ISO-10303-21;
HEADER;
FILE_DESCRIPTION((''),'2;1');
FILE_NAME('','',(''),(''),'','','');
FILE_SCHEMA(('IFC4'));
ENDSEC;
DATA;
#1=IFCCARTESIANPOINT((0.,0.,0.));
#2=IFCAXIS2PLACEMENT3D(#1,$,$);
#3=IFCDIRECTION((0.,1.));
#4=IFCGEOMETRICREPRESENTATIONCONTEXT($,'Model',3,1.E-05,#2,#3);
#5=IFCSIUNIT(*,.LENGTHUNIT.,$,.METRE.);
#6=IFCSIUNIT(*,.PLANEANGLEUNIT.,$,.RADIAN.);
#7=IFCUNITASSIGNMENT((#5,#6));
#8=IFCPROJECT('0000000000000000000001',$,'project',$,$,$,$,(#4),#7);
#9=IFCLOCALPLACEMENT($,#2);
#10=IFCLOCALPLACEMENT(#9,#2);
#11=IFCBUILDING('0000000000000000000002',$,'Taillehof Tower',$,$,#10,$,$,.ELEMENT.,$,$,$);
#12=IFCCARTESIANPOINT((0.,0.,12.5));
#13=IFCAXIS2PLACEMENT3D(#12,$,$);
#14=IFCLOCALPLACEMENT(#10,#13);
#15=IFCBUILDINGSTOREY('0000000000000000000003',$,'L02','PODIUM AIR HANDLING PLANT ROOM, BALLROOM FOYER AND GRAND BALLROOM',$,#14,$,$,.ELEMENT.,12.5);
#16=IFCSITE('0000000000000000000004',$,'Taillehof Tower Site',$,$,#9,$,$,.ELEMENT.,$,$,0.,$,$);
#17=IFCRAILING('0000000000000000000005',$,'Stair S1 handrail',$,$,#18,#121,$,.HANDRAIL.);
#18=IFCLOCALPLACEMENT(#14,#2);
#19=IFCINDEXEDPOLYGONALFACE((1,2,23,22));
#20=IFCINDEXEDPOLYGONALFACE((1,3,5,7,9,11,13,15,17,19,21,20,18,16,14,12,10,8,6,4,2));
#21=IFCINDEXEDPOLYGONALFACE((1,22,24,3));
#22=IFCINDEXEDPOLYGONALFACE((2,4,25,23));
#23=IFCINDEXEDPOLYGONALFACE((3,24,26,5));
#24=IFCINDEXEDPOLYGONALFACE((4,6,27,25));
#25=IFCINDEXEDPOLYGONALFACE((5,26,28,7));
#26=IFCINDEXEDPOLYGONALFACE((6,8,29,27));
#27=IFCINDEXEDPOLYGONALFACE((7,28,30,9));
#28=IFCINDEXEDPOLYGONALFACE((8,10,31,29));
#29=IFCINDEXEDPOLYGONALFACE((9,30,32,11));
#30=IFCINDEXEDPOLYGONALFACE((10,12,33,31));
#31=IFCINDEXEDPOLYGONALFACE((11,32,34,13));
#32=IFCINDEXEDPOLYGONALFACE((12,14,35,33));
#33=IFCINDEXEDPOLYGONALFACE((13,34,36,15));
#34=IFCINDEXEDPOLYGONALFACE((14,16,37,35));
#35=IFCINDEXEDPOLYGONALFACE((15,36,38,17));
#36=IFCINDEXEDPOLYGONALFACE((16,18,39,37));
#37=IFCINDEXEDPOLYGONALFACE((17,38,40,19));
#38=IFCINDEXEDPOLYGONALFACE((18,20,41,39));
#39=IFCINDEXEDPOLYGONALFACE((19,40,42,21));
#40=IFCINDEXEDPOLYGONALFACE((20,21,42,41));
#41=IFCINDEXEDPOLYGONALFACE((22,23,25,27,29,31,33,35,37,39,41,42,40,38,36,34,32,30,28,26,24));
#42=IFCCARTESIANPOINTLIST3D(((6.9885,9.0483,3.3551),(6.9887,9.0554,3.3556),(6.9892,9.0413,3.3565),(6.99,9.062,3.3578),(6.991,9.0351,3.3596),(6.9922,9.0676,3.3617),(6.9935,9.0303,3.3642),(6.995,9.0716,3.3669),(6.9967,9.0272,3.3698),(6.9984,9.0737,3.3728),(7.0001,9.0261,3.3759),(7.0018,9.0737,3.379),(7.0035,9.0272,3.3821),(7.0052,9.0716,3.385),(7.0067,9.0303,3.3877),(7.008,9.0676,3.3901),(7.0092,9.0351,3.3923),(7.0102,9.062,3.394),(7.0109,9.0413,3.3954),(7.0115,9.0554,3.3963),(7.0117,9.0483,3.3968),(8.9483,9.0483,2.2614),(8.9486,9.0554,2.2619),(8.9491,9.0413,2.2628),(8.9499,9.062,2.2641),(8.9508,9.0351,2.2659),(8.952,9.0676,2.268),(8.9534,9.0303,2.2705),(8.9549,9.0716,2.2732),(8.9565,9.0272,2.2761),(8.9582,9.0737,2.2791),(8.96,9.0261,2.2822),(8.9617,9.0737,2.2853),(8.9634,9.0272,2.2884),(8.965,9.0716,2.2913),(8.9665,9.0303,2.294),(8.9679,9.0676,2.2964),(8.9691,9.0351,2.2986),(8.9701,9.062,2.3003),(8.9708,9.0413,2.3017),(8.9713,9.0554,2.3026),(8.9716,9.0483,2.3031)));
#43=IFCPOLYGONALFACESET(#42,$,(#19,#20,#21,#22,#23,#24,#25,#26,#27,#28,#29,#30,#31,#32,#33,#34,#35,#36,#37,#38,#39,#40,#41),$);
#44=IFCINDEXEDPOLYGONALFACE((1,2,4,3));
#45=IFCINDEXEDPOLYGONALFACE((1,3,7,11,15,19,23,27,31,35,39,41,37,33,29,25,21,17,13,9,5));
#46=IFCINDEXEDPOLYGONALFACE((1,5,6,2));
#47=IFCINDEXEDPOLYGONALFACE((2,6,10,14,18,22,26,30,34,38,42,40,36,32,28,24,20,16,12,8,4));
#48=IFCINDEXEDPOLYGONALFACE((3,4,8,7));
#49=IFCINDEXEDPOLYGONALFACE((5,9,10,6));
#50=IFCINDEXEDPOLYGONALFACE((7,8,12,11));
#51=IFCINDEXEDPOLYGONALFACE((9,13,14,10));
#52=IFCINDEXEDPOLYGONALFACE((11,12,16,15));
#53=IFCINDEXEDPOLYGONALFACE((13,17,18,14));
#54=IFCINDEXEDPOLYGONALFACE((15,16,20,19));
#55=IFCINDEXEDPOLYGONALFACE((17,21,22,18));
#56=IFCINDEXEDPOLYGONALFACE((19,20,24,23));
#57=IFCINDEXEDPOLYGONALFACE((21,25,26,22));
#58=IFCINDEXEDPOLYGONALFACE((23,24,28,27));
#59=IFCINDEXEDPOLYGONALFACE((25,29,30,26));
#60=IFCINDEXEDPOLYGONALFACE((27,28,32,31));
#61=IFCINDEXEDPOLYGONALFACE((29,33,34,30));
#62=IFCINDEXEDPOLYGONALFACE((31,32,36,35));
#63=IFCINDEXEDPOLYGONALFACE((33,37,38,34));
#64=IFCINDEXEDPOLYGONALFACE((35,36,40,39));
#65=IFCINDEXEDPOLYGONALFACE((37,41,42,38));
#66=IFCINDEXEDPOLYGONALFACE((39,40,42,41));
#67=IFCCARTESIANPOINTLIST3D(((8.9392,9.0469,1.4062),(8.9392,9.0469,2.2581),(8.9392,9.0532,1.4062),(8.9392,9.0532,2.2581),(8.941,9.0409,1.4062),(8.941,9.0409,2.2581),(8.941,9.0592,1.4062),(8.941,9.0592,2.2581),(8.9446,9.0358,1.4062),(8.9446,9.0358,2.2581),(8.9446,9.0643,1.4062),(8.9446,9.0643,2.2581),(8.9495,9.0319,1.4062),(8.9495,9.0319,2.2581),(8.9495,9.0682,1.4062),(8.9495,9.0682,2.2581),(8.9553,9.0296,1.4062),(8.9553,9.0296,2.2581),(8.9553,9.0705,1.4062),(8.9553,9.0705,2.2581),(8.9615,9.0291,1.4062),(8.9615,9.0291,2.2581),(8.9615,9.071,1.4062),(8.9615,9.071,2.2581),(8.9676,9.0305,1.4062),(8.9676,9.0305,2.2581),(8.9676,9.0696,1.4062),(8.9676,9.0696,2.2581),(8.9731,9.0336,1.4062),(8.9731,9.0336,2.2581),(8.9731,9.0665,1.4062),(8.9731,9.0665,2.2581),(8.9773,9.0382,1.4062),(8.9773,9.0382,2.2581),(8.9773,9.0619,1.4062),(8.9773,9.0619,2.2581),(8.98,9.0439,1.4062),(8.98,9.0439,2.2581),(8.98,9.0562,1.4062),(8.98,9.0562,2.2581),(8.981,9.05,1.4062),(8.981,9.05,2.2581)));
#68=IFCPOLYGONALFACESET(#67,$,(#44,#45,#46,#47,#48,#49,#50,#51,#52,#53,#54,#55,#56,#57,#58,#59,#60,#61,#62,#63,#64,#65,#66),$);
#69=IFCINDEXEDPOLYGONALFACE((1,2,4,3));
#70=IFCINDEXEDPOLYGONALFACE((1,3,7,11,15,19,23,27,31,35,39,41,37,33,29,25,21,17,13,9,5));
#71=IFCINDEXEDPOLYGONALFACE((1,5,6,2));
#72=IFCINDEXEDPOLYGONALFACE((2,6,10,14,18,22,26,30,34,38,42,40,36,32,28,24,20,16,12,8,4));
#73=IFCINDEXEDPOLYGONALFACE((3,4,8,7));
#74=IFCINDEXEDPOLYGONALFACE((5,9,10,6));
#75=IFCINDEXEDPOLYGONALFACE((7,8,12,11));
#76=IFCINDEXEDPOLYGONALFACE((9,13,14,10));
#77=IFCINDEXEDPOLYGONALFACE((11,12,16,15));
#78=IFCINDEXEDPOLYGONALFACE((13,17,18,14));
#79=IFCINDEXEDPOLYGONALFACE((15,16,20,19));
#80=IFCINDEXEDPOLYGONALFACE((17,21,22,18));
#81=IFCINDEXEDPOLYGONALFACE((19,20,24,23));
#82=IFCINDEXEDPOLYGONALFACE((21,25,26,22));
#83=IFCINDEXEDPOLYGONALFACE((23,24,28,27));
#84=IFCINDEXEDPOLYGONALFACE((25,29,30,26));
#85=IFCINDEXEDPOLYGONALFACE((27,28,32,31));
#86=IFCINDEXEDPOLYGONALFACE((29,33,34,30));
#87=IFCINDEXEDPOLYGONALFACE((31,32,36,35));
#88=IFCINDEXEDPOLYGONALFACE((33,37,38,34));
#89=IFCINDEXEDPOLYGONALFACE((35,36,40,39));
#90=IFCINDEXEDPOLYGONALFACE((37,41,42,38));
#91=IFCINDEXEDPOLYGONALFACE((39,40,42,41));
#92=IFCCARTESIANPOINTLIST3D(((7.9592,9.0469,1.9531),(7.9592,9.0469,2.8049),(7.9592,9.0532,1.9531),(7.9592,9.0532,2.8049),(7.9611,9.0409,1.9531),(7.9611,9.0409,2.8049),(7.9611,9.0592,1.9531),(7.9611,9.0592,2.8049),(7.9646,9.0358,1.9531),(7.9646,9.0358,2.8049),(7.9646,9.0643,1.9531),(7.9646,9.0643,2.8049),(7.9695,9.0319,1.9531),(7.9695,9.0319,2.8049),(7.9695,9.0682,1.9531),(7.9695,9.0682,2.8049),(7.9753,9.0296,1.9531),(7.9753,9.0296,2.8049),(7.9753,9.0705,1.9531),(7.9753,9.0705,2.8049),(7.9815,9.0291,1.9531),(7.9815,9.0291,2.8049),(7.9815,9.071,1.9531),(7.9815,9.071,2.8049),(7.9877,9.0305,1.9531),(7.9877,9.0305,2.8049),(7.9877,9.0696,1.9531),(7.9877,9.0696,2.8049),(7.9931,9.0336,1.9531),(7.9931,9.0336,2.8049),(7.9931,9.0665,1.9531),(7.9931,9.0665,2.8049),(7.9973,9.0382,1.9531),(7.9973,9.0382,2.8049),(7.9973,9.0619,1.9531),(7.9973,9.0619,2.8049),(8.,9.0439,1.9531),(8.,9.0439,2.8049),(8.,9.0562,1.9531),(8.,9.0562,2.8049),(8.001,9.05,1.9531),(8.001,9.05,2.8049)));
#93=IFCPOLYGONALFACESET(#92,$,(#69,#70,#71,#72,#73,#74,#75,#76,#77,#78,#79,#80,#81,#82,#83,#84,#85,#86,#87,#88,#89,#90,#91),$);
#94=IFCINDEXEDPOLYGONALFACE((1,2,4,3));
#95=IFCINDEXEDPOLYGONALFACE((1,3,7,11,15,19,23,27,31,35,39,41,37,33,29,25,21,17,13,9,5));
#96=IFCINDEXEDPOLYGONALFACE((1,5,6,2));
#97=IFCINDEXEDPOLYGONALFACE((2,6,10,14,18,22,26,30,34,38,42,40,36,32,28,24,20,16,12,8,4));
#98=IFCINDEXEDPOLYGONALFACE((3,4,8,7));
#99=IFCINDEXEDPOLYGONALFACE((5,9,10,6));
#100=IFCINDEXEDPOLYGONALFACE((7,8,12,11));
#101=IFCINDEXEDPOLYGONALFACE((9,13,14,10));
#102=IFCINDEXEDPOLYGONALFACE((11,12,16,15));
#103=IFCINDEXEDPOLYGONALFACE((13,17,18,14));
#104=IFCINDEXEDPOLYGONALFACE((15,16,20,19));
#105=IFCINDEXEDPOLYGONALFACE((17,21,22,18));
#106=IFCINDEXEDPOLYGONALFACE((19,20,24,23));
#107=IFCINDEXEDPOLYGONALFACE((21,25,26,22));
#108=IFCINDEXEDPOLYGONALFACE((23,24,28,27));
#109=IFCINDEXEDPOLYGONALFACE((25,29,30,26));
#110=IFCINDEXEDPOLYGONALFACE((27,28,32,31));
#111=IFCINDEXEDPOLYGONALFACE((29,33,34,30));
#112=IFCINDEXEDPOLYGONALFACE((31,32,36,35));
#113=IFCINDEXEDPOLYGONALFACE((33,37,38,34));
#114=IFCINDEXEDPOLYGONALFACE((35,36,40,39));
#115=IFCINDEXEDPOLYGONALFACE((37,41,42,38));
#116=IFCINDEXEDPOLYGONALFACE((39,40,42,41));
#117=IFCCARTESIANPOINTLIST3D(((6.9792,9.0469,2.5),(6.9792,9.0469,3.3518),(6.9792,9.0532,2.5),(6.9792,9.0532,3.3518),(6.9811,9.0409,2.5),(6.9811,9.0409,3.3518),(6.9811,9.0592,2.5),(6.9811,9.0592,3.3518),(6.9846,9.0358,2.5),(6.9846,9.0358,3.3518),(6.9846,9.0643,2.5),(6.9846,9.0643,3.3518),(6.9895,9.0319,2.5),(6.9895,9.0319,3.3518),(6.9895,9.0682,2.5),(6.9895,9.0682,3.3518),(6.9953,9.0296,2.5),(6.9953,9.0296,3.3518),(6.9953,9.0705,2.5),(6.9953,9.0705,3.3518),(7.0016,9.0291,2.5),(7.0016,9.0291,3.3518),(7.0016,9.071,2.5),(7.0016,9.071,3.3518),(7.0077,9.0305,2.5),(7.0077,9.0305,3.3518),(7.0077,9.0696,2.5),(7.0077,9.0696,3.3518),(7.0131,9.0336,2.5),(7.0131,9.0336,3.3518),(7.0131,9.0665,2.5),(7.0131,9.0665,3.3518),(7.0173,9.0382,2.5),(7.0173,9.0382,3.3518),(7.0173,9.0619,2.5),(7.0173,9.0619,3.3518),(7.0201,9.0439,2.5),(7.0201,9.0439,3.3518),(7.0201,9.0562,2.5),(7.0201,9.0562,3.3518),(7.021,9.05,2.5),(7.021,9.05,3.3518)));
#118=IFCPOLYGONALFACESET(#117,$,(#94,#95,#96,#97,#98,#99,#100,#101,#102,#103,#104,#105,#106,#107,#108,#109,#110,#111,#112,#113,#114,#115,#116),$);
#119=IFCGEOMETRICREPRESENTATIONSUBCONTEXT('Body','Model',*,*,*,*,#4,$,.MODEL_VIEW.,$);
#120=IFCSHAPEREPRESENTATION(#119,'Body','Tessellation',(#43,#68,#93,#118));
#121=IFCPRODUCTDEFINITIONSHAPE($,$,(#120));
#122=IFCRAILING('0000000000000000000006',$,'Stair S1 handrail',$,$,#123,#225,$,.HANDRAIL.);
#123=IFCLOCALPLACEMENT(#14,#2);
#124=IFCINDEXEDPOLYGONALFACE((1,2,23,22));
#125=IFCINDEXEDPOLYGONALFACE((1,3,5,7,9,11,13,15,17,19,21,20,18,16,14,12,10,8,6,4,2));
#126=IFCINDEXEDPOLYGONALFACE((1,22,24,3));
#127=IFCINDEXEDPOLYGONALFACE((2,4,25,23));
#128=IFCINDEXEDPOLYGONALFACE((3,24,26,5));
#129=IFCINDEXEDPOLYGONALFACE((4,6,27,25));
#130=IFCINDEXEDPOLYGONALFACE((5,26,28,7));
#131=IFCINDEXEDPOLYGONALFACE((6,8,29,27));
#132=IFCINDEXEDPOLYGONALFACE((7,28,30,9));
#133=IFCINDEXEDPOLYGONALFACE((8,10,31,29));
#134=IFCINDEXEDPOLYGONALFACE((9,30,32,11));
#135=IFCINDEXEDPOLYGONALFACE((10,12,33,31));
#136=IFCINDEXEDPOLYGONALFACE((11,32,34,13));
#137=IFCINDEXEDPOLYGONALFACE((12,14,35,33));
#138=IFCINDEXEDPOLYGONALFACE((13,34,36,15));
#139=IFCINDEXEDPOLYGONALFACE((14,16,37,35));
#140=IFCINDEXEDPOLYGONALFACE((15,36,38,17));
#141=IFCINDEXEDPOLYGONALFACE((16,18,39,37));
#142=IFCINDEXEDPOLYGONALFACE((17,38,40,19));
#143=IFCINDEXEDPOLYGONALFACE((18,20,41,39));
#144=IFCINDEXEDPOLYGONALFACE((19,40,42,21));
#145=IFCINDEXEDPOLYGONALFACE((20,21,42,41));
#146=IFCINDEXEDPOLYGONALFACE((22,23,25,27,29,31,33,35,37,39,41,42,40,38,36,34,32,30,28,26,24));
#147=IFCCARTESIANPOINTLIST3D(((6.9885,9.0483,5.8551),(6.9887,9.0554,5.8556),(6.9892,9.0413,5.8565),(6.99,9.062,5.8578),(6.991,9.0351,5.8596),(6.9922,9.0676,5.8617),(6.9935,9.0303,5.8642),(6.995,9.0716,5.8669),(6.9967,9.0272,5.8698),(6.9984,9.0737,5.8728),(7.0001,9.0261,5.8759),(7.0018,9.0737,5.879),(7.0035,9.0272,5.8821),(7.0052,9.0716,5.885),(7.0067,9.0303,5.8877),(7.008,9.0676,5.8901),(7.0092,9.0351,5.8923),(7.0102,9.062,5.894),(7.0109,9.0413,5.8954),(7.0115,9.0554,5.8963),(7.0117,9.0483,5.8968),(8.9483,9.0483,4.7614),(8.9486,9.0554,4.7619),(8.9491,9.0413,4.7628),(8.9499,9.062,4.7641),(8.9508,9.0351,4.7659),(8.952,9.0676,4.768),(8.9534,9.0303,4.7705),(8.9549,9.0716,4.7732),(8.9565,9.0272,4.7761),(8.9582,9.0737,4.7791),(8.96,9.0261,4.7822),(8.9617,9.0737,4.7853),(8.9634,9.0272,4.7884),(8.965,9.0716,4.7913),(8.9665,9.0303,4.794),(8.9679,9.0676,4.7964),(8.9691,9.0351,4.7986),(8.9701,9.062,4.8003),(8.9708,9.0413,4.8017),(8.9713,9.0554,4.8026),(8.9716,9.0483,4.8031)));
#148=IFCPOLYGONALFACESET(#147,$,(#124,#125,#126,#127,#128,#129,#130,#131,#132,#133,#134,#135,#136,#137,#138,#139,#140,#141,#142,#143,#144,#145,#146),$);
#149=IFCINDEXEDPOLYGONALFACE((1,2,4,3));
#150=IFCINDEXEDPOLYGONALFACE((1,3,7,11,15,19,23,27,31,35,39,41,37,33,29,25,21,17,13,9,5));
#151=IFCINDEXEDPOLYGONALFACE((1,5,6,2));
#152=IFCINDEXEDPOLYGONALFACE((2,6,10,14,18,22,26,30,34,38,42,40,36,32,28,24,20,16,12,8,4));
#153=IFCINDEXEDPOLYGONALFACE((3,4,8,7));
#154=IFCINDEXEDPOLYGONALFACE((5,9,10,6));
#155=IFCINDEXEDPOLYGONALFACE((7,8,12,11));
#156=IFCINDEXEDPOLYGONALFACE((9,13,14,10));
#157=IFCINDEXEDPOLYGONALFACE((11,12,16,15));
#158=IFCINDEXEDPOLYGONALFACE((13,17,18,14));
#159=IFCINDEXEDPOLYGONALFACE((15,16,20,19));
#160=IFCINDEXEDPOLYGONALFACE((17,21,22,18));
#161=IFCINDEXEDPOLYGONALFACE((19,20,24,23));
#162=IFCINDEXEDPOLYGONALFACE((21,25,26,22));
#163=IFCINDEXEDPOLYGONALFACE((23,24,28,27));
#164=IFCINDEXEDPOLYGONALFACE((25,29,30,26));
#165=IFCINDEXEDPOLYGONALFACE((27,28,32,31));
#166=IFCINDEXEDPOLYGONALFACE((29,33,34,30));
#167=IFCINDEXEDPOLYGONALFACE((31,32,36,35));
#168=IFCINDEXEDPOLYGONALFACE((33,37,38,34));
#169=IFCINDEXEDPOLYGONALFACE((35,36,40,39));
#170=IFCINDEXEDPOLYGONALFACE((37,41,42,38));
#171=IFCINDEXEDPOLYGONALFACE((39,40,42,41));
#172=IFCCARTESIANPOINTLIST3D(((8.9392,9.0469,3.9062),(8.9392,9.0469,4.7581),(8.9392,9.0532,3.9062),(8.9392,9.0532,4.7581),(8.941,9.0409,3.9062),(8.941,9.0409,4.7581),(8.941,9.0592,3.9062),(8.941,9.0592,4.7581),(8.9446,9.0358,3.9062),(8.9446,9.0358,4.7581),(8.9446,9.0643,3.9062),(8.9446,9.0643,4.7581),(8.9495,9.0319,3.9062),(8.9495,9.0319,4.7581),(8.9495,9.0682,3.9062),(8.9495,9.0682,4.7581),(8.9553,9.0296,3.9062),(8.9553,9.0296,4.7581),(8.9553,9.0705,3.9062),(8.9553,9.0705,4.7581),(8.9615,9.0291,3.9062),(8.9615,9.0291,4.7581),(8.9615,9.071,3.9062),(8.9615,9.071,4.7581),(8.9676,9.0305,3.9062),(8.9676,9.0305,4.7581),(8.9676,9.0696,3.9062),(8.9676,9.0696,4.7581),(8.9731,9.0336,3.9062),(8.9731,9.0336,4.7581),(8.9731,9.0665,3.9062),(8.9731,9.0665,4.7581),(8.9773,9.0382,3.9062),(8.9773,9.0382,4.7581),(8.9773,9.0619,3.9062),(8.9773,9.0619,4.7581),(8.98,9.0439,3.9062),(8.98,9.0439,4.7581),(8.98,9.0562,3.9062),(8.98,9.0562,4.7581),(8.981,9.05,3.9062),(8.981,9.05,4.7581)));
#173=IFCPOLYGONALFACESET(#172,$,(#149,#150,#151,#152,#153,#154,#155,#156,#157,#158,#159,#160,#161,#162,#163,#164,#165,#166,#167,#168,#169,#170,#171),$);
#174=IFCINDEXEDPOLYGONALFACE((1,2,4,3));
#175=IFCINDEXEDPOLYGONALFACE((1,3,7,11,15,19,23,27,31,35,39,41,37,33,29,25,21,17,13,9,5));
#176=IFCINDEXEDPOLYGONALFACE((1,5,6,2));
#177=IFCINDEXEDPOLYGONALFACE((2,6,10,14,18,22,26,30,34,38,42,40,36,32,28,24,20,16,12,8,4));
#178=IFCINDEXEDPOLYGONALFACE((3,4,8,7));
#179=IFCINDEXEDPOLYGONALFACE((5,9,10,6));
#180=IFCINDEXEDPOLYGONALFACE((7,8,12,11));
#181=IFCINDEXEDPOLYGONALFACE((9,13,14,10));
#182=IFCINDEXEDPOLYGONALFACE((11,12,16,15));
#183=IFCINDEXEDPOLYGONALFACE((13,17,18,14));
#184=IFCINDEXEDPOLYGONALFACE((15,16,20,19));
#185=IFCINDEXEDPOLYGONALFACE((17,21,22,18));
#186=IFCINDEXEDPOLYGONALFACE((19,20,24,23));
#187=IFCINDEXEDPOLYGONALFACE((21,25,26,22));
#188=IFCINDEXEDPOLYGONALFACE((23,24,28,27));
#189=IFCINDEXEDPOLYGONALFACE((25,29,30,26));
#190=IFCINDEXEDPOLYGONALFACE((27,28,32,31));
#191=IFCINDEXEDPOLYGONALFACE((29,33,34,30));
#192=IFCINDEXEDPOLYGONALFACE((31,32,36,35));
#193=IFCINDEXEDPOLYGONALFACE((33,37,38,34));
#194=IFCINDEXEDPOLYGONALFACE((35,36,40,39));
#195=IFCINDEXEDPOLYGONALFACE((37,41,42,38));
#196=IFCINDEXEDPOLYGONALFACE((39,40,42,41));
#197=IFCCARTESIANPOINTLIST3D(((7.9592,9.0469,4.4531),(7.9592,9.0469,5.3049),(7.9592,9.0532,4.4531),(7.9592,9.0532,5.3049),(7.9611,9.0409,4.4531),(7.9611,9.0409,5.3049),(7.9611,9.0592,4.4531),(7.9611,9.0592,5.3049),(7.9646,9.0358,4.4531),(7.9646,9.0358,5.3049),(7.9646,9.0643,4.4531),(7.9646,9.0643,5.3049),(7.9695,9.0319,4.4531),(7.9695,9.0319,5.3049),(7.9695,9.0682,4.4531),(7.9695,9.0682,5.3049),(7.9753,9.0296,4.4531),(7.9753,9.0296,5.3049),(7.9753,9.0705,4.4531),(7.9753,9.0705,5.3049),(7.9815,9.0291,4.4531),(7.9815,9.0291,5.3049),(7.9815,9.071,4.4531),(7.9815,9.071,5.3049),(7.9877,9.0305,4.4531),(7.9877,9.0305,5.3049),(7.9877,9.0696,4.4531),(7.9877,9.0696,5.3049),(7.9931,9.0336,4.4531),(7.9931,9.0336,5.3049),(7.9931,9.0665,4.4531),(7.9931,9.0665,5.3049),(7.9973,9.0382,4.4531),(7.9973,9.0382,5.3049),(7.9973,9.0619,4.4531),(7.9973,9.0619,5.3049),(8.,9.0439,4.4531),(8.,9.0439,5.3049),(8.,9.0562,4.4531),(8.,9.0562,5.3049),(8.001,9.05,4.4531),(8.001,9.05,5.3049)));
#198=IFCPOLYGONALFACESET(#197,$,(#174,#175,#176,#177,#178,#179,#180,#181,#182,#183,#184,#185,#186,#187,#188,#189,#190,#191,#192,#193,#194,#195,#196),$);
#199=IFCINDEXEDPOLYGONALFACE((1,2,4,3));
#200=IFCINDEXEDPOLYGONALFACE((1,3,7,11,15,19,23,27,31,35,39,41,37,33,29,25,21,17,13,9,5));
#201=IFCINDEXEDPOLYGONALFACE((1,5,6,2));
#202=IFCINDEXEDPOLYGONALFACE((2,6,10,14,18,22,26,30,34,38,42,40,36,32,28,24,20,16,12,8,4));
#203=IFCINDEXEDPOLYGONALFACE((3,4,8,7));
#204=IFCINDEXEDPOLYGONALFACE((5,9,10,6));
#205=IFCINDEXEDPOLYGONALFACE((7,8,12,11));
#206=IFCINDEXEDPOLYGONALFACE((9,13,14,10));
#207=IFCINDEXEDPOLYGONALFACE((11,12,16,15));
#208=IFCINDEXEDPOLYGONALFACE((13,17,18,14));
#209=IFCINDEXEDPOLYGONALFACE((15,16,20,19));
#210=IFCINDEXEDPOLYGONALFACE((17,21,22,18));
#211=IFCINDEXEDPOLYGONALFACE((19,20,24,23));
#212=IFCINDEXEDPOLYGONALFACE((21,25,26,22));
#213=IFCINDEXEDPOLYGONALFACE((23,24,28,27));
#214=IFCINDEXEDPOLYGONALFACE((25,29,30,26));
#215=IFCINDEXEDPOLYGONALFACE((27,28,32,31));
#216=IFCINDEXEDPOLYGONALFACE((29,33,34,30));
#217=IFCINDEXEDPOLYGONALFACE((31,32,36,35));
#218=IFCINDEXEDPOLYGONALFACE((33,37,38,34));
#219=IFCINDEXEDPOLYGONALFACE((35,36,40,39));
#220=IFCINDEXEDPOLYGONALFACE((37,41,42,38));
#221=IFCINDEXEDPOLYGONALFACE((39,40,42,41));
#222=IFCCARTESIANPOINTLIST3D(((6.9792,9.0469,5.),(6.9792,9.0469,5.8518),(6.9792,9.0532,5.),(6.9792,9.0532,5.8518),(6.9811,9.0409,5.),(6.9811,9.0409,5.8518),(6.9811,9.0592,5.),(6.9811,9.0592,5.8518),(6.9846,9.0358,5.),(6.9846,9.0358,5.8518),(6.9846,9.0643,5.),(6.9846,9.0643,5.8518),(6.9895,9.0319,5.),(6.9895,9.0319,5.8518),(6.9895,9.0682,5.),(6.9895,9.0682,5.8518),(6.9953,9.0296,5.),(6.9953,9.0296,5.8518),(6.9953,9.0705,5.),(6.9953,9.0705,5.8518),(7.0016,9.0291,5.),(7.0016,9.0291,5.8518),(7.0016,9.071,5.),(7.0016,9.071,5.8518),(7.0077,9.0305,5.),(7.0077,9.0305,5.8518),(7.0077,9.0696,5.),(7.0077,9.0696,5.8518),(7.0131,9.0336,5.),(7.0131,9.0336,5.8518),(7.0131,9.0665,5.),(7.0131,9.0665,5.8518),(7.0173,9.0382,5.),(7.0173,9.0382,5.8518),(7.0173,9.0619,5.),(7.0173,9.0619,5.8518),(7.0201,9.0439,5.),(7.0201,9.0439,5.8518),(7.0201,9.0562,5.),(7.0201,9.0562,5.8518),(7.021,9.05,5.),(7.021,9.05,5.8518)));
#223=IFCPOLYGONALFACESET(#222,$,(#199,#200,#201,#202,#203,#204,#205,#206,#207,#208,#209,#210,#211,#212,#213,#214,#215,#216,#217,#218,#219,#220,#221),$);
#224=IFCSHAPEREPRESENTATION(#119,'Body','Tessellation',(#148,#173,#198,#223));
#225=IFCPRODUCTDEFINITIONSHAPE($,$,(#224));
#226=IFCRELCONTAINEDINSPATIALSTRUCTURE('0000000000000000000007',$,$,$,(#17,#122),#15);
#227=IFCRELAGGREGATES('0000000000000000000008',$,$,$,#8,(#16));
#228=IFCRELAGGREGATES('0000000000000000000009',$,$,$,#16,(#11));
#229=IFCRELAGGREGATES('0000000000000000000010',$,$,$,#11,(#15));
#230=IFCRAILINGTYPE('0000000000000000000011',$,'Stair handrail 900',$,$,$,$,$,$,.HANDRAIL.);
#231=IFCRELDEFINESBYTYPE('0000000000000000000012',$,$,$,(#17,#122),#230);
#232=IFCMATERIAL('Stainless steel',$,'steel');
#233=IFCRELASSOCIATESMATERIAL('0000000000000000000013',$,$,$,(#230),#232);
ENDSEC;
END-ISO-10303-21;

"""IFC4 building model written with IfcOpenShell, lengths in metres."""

from ifc_helpers import new_model, si_unit, direction, frame, origin, origin_2d, place, context, subcontext, project, spatial, circle, extrude, material, type_object, element, save


model = new_model("IFC4")

# Units and contexts
model_context = context("Model", 3, precision=1e-05, world=origin(), true_north=direction((0.0, 1.0)))
body_context = subcontext(model_context, "Body", "Model", "MODEL_VIEW")
ifc_project = project(units=[si_unit("LENGTHUNIT", "METRE"), si_unit("PLANEANGLEUNIT", "RADIAN")], contexts=[model_context])

# Site, building, storey
site_placement = place(None, origin())
site = spatial("IfcSite", under=ifc_project, at=site_placement, Name="Taillehof Tower Site", CompositionType="ELEMENT", RefElevation=0.0)
building_placement = place(site_placement, origin())
building = spatial("IfcBuilding", under=site, at=building_placement, Name="Taillehof Tower", CompositionType="ELEMENT")
storey_placement = place(building_placement, frame((0.0, 0.0, 12.5)))
storey = spatial("IfcBuildingStorey", under=building, at=storey_placement, Name="L02", Description="PODIUM AIR HANDLING PLANT ROOM, BALLROOM FOYER AND GRAND BALLROOM", CompositionType="ELEMENT", Elevation=12.5)

# Railings
ifc_material_1 = material(Name="Stainless steel", Category="steel")
railing_type_1 = type_object("IfcRailingType", Name="Stair handrail 900", PredefinedType="HANDRAIL", material=ifc_material_1)
for number, where, name in (
    (1, (8.96, 9.05, 1.4062), "Stair S1 handrail"),
    (2, (8.96, 9.05, 3.9062), "Stair S1 handrail"),
):
    element("IfcRailing", number, at=place(storey_placement, frame(where)), inside=storey, type_object=railing_type_1, Name=name, PredefinedType="HANDRAIL", context=body_context, shape_type="SweptSolid", body=[
        extrude(circle(Radius=0.0239, at=origin_2d()), frame((0.0, 0.0, 0.876), z_axis=(-0.873232, 0.0, 0.487304), x_axis=(0.0, -1.0, 0.0)), (0.0, 0.0, 1.0), 2.2444),
        extrude(circle(Radius=0.021, at=origin_2d()), origin(), (0.0, 0.0, 1.0), 0.8518),
        extrude(circle(Radius=0.021, at=origin_2d()), frame((-0.98, 0.0, 0.5469)), (0.0, 0.0, 1.0), 0.8518),
        extrude(circle(Radius=0.021, at=origin_2d()), frame((-1.96, 0.0, 1.0938)), (0.0, 0.0, 1.0), 0.8518),
    ])

save(model, "model.ifc")
